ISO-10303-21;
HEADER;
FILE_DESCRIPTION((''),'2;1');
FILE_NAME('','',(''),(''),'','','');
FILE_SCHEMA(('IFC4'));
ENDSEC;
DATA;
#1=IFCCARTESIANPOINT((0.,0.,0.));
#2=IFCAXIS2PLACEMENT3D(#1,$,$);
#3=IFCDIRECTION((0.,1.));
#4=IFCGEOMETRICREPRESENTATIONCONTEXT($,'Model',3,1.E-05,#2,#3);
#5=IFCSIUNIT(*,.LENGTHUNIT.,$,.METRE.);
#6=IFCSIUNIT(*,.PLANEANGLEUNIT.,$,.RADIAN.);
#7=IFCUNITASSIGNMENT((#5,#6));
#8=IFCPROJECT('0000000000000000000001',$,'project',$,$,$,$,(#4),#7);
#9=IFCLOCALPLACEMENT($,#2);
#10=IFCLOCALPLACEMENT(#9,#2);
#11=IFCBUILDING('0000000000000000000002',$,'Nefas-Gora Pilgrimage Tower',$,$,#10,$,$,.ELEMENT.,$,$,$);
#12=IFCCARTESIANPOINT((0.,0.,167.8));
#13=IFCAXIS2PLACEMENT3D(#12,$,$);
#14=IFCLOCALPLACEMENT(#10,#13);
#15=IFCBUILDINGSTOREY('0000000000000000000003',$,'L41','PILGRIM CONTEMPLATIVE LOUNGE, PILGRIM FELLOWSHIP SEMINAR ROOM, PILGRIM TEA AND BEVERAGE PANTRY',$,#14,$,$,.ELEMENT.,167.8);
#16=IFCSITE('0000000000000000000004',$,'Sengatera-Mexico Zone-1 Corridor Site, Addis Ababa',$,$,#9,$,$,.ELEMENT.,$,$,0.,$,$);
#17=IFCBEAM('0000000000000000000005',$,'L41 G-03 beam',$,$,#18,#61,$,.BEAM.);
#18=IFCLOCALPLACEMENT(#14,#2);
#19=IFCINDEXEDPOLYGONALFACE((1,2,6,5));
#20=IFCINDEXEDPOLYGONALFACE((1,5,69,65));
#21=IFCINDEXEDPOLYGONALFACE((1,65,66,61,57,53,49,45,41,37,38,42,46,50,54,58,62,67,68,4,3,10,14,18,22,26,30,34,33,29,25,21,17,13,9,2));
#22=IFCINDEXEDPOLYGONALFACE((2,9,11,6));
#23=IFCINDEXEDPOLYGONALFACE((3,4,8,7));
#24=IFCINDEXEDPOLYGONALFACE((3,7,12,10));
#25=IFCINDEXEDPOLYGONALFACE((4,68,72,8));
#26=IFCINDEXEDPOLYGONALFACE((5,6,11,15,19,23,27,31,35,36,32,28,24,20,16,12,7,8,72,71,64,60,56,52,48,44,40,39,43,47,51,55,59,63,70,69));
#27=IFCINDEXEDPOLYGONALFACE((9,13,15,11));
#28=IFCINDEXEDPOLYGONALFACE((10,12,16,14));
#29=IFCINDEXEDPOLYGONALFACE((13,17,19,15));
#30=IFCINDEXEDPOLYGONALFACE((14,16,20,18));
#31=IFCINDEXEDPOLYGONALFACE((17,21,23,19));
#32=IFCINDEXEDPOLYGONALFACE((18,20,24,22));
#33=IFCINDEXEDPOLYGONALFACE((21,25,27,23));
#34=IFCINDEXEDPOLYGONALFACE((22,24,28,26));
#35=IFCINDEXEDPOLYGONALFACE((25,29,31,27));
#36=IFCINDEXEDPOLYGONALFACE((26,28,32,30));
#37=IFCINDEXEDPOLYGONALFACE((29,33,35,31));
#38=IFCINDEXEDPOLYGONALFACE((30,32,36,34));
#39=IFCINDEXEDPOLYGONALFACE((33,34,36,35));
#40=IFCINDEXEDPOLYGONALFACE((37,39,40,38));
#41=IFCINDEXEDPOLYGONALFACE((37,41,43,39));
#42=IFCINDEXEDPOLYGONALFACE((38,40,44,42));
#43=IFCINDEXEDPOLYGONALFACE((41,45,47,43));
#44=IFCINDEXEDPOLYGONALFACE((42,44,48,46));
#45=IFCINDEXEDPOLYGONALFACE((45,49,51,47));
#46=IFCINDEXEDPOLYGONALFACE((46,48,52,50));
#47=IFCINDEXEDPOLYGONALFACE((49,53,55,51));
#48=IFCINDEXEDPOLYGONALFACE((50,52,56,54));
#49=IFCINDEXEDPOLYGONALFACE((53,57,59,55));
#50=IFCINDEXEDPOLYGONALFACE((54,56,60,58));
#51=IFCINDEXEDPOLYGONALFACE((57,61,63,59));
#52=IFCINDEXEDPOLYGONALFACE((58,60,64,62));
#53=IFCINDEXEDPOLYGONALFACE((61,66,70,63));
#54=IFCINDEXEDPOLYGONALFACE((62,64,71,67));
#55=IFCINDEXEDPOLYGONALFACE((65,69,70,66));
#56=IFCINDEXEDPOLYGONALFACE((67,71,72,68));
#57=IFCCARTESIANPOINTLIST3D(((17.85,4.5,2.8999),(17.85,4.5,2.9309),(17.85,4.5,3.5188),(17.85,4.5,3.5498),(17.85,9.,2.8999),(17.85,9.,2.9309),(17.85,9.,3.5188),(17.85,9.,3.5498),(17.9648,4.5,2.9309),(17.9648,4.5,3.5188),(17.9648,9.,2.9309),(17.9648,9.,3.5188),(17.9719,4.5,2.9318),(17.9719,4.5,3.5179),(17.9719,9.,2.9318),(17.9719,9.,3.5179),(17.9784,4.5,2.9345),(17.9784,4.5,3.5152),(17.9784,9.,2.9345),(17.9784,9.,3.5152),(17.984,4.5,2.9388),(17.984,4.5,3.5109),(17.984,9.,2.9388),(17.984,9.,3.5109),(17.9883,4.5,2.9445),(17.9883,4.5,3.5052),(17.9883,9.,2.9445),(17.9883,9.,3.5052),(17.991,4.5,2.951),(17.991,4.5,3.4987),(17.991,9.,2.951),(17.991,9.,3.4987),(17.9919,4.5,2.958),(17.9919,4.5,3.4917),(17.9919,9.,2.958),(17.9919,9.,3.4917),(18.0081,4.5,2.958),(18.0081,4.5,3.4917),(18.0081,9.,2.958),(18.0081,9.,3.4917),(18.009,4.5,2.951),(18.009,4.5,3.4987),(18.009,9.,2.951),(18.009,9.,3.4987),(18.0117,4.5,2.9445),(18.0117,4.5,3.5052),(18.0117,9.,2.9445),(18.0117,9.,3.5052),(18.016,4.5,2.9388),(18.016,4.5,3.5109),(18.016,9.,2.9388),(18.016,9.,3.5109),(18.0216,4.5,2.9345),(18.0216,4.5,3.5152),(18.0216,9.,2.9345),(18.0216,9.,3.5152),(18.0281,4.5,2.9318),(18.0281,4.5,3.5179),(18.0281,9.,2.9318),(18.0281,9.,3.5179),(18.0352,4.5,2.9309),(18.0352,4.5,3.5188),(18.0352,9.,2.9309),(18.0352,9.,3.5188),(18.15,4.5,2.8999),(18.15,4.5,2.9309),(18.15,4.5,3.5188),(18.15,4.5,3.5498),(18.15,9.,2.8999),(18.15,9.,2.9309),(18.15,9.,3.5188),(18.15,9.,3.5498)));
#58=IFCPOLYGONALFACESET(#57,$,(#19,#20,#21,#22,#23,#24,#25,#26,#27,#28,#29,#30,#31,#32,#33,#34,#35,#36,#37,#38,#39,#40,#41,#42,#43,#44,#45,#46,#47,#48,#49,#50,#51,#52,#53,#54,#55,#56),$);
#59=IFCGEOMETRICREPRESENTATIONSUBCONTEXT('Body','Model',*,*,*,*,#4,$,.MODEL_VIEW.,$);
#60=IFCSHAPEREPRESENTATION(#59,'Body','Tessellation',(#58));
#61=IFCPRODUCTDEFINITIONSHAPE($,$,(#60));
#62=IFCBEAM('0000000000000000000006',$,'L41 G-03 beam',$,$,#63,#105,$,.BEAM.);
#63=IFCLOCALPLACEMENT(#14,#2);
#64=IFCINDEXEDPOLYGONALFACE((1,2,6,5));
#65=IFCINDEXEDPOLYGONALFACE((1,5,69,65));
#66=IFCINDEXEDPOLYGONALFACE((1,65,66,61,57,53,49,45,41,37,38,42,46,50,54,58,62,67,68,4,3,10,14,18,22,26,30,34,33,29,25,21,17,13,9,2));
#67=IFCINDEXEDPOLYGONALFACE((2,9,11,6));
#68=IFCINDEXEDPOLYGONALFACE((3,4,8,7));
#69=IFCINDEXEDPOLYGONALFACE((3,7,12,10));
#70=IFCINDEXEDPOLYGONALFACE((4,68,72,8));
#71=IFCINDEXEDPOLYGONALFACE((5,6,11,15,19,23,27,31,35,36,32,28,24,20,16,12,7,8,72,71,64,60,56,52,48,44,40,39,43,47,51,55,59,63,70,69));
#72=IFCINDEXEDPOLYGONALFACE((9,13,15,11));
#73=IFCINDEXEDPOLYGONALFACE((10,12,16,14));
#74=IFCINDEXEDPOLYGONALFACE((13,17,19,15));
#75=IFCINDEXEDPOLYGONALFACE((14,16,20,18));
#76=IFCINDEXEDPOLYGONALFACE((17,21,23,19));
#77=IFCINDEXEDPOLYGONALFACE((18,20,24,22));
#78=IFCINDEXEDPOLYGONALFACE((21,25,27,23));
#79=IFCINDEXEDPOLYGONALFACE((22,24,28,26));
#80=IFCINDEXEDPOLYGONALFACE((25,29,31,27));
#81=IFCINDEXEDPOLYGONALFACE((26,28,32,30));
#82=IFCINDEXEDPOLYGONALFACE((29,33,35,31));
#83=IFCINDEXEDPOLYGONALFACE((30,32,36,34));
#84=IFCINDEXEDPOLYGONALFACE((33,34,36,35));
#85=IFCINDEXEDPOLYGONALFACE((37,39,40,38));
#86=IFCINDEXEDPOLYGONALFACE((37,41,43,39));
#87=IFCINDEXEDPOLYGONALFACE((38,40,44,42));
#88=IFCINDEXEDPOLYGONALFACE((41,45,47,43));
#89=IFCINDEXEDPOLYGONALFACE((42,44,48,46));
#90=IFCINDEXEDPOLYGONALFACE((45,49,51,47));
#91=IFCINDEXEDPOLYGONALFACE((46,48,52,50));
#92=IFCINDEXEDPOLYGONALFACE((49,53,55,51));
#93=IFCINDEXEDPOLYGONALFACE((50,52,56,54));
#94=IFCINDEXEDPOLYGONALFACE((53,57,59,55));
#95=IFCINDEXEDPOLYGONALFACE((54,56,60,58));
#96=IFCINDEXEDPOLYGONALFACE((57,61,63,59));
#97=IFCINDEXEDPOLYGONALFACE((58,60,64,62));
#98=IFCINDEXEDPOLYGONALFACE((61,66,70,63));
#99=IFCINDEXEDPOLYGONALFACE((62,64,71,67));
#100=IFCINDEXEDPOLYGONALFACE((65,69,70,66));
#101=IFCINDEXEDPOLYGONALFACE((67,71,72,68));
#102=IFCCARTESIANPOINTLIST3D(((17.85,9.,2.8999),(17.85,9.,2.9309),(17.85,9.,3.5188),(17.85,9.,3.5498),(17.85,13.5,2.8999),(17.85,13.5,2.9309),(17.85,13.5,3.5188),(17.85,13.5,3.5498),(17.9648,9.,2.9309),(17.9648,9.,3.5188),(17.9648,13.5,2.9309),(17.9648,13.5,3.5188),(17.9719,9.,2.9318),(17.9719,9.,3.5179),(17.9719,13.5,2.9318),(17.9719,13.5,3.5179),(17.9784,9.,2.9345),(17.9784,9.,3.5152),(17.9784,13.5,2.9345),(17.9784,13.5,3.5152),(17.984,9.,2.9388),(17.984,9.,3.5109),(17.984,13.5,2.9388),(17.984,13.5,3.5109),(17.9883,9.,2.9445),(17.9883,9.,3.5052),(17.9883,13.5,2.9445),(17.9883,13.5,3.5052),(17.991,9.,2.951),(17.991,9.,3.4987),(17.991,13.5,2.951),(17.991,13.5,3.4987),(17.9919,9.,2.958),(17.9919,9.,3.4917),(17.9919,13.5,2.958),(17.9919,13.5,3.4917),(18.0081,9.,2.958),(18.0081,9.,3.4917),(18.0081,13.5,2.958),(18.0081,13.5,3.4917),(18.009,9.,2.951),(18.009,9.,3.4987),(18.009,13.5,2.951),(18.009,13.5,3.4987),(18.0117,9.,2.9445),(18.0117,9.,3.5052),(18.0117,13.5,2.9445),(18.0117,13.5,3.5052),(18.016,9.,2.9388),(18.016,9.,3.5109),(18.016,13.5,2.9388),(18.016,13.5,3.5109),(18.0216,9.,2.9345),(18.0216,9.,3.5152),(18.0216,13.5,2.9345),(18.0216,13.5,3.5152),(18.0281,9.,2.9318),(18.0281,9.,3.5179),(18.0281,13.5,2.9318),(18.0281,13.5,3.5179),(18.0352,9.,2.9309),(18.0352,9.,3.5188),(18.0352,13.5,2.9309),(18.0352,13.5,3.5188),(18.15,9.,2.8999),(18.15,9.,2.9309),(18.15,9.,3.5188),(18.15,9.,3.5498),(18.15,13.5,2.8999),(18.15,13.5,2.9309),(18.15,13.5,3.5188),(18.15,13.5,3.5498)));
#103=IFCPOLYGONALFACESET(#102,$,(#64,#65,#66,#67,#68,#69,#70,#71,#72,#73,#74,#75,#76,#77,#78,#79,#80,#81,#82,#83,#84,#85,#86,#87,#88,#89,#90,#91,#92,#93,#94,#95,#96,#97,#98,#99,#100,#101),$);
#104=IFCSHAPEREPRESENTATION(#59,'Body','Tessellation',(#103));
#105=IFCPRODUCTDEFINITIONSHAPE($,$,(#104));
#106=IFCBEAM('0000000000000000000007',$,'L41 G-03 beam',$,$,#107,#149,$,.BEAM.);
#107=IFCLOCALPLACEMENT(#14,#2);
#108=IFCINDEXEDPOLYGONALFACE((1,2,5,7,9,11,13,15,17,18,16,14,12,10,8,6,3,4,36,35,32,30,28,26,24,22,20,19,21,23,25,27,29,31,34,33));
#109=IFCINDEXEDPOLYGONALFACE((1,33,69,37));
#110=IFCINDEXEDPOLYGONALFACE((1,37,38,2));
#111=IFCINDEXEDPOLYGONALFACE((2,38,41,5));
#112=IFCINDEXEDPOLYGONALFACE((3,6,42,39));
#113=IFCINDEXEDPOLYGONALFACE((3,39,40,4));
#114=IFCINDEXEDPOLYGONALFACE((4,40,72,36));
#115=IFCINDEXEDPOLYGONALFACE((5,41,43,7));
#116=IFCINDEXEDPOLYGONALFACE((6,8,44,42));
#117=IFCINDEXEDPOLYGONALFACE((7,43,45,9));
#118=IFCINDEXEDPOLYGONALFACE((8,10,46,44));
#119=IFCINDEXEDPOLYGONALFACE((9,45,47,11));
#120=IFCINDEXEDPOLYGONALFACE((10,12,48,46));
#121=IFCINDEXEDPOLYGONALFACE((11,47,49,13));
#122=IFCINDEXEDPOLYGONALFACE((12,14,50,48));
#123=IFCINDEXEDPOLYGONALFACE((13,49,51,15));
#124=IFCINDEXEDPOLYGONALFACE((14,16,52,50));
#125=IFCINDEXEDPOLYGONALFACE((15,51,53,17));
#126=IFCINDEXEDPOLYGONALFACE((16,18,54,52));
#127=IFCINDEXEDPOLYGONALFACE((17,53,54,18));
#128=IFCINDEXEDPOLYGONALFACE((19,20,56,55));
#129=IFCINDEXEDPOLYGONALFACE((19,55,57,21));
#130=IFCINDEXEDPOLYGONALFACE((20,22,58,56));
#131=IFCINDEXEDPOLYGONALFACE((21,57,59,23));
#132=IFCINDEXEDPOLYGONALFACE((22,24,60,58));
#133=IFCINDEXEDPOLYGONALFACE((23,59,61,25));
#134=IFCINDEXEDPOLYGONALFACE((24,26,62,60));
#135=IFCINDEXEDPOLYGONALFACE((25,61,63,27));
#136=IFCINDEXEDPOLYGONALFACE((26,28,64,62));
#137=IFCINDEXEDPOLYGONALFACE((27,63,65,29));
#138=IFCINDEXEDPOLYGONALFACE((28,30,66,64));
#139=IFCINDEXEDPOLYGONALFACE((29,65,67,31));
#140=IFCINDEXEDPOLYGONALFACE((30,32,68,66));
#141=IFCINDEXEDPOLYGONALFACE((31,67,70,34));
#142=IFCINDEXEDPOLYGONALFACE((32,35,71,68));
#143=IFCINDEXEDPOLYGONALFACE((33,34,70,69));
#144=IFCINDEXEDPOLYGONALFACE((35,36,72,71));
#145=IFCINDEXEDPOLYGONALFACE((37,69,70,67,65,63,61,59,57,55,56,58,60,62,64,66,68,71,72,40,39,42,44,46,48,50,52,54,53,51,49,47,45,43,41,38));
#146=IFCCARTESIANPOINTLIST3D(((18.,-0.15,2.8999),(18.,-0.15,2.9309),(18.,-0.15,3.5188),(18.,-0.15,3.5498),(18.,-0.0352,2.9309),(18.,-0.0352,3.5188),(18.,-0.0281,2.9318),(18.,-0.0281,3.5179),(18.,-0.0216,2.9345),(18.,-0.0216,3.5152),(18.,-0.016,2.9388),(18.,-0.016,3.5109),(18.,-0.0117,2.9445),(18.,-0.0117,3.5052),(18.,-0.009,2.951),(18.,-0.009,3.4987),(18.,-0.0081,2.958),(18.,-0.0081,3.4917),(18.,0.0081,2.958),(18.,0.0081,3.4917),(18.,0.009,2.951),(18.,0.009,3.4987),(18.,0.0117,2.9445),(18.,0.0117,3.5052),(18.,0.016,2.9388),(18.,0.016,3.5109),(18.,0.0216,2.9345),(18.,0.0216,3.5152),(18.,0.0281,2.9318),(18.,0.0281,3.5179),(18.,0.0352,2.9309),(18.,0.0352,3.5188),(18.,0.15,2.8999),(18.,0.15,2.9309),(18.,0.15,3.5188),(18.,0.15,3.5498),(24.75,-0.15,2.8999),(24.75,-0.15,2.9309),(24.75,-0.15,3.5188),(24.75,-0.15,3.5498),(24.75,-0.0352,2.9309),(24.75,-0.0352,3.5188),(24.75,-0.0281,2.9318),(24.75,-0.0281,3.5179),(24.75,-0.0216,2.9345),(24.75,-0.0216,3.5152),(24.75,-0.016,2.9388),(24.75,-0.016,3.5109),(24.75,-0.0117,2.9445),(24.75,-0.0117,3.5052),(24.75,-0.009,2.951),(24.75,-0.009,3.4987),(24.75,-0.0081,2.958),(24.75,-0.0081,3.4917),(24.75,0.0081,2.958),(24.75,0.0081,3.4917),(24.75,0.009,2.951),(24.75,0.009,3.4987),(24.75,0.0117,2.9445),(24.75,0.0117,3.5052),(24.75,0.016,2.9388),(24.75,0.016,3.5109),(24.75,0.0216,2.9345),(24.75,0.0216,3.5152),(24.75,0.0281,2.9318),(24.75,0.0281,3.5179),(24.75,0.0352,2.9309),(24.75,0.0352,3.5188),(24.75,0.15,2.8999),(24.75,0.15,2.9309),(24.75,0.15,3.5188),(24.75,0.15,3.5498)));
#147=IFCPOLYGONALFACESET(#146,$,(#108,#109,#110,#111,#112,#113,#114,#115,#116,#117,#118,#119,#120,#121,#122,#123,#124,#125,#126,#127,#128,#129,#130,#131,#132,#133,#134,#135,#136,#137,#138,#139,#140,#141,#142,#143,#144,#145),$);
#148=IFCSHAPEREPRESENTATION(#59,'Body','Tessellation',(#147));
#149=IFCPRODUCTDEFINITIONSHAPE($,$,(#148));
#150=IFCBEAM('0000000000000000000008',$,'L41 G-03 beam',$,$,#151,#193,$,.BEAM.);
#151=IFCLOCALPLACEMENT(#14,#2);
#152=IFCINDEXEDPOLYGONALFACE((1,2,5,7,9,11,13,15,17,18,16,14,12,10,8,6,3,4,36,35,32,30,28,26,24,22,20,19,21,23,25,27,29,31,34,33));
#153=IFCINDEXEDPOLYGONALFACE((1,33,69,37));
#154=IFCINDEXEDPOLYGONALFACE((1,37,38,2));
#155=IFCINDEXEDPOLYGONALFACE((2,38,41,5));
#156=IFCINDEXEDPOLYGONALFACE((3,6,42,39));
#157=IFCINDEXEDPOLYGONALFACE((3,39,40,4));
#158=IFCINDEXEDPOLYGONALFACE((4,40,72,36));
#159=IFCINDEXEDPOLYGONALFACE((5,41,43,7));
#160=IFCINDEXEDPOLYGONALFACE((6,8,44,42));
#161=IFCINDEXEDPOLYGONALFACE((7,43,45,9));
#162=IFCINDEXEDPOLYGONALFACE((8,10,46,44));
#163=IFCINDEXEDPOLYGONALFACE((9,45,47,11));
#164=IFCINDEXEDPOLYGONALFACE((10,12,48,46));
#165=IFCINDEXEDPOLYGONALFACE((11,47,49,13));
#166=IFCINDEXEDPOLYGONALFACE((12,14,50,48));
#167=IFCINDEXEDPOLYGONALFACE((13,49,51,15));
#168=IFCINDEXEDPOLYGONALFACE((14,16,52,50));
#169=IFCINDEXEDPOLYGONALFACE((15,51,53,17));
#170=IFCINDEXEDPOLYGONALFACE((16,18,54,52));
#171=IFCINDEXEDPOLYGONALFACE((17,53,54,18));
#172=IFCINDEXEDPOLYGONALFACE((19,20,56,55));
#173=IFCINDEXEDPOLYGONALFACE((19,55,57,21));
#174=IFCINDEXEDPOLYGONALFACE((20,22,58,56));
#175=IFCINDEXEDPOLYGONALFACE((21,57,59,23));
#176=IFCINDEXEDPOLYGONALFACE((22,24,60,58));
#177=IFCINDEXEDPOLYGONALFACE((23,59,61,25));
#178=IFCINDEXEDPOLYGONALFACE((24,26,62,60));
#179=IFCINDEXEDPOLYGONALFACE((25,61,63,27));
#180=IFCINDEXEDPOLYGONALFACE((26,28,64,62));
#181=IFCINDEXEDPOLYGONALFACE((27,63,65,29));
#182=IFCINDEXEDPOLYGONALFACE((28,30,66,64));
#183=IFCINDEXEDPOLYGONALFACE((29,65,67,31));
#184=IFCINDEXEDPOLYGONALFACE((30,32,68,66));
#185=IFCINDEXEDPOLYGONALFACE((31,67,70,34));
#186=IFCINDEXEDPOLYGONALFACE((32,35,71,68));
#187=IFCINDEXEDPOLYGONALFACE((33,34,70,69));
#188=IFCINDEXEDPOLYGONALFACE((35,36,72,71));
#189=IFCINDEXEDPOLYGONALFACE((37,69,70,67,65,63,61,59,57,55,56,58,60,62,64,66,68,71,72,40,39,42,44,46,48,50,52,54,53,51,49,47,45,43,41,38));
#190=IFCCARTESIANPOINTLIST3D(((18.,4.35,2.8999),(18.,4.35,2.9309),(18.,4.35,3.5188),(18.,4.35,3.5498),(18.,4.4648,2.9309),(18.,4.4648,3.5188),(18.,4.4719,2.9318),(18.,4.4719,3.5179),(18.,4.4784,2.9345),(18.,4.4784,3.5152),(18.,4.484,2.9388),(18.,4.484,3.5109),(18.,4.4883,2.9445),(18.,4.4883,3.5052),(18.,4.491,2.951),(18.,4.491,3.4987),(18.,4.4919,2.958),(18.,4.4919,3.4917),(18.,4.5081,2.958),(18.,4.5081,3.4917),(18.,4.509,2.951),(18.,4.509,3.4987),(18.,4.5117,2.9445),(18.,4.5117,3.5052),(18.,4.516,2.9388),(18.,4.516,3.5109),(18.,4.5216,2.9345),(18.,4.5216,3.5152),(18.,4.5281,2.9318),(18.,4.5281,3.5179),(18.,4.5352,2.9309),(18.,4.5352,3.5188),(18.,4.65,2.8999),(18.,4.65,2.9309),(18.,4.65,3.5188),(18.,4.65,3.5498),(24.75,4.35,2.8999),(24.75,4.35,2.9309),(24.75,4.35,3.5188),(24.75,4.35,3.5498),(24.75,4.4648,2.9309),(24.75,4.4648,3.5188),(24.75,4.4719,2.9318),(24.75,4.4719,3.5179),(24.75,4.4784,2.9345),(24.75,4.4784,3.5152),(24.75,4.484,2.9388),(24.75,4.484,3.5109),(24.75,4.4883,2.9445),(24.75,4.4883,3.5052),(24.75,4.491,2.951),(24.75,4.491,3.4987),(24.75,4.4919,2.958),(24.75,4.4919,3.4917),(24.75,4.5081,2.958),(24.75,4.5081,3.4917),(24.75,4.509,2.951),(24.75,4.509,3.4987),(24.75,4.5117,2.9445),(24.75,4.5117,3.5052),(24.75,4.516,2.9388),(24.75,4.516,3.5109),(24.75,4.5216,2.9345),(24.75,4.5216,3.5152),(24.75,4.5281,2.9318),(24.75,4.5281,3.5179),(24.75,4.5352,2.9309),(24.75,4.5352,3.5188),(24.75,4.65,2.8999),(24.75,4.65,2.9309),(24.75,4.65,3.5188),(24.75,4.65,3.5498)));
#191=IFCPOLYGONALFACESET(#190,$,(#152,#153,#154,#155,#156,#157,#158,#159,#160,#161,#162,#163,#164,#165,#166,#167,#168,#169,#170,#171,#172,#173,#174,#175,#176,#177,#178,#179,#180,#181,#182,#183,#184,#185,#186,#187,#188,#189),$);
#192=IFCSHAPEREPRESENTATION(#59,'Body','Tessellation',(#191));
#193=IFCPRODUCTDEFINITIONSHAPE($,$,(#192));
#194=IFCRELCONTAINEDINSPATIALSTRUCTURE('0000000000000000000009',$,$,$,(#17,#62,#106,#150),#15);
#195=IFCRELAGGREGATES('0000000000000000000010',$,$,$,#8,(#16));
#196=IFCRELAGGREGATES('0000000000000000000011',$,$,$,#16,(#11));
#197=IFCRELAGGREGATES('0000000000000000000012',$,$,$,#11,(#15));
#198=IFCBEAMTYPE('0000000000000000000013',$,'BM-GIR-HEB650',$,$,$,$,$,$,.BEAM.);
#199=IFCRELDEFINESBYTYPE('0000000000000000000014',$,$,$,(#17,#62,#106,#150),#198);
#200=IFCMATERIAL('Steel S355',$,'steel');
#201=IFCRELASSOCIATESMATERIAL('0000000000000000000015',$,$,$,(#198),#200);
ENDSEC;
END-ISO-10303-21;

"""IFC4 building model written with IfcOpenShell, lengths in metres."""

from ifc_helpers import new_model, si_unit, direction, frame, origin, origin_2d, place, context, subcontext, project, spatial, i_section, extrude, source, transform, mapped, material, material_profile, profile_set, type_object, element, save


model = new_model("IFC4")

# Units and contexts
model_context = context("Model", 3, precision=1e-05, world=origin(), true_north=direction((0.0, 1.0)))
body_context = subcontext(model_context, "Body", "Model", "MODEL_VIEW")
ifc_project = project(units=[si_unit("LENGTHUNIT", "METRE"), si_unit("PLANEANGLEUNIT", "RADIAN")], contexts=[model_context])

# Site, building, storey
site_placement = place(None, origin())
site = spatial("IfcSite", under=ifc_project, at=site_placement, Name="Sengatera-Mexico Zone-1 Corridor Site, Addis Ababa", CompositionType="ELEMENT", RefElevation=0.0)
building_placement = place(site_placement, origin())
building = spatial("IfcBuilding", under=site, at=building_placement, Name="Nefas-Gora Pilgrimage Tower", CompositionType="ELEMENT")
storey_placement = place(building_placement, frame((0.0, 0.0, 167.8)))
storey = spatial("IfcBuildingStorey", under=building, at=storey_placement, Name="L41", Description="PILGRIM CONTEMPLATIVE LOUNGE, PILGRIM FELLOWSHIP SEMINAR ROOM, PILGRIM TEA AND BEVERAGE PANTRY", CompositionType="ELEMENT", Elevation=167.8)

# Beams
ifc_material_1 = material(Name="Steel S355", Category="steel")
ifc_material_profile_1 = material_profile(ifc_material_1, i_section(OverallWidth=0.3, OverallDepth=0.6499, WebThickness=0.0161, FlangeThickness=0.031, FilletRadius=0.0271, at=origin_2d()), Name="HEB 650")
ifc_profile_set_1 = profile_set([ifc_material_profile_1], Name="Steel S355")
beam_type_1 = type_object("IfcBeamType", Name="BM-GIR-HEB650", PredefinedType="BEAM", material=ifc_profile_set_1)
shared_shape_1 = source(origin(), body_context, "Body", "SweptSolid", [
    extrude(i_section(OverallWidth=0.3, OverallDepth=0.6499, WebThickness=0.0161, FlangeThickness=0.031, FilletRadius=0.0271, at=origin_2d()), origin(), (0.0, 0.0, 1.0), 4.5),
])
for number, where, z_axis, x_axis, name in (
    (1, (18.0, 4.5, 3.2249), (0.0, 1.0, 0.0), (-1.0, 0.0, 0.0), "L41 G-03 beam"),
    (2, (18.0, 9.0, 3.2249), (0.0, 1.0, 0.0), (-1.0, 0.0, 0.0), "L41 G-03 beam"),
):
    element("IfcBeam", number, at=place(storey_placement, frame(where, z_axis=z_axis, x_axis=x_axis)), inside=storey, type_object=beam_type_1, Name=name, PredefinedType="BEAM", context=body_context, shape_type="MappedRepresentation", body=[
        mapped(shared_shape_1, transform((0.0, 0.0, 0.0), x_axis=(1.0, 0.0, 0.0), y_axis=(0.0, 1.0, 0.0), z_axis=(0.0, 0.0, 1.0), scale=1.0)),
    ])
shared_shape_2 = source(origin(), body_context, "Body", "SweptSolid", [
    extrude(i_section(OverallWidth=0.3, OverallDepth=0.6499, WebThickness=0.0161, FlangeThickness=0.031, FilletRadius=0.0271, at=origin_2d()), origin(), (0.0, 0.0, 1.0), 6.75),
])
for number, where, z_axis, x_axis, name in (
    (3, (18.0, 0.0, 3.2249), (1.0, 0.0, 0.0), (0.0, 1.0, 0.0), "L41 G-03 beam"),
    (4, (18.0, 4.5, 3.2249), (1.0, 0.0, 0.0), (0.0, 1.0, 0.0), "L41 G-03 beam"),
):
    element("IfcBeam", number, at=place(storey_placement, frame(where, z_axis=z_axis, x_axis=x_axis)), inside=storey, type_object=beam_type_1, Name=name, PredefinedType="BEAM", context=body_context, shape_type="MappedRepresentation", body=[
        mapped(shared_shape_2, transform((0.0, 0.0, 0.0), x_axis=(1.0, 0.0, 0.0), y_axis=(0.0, 1.0, 0.0), z_axis=(0.0, 0.0, 1.0), scale=1.0)),
    ])

save(model, "model.ifc")
